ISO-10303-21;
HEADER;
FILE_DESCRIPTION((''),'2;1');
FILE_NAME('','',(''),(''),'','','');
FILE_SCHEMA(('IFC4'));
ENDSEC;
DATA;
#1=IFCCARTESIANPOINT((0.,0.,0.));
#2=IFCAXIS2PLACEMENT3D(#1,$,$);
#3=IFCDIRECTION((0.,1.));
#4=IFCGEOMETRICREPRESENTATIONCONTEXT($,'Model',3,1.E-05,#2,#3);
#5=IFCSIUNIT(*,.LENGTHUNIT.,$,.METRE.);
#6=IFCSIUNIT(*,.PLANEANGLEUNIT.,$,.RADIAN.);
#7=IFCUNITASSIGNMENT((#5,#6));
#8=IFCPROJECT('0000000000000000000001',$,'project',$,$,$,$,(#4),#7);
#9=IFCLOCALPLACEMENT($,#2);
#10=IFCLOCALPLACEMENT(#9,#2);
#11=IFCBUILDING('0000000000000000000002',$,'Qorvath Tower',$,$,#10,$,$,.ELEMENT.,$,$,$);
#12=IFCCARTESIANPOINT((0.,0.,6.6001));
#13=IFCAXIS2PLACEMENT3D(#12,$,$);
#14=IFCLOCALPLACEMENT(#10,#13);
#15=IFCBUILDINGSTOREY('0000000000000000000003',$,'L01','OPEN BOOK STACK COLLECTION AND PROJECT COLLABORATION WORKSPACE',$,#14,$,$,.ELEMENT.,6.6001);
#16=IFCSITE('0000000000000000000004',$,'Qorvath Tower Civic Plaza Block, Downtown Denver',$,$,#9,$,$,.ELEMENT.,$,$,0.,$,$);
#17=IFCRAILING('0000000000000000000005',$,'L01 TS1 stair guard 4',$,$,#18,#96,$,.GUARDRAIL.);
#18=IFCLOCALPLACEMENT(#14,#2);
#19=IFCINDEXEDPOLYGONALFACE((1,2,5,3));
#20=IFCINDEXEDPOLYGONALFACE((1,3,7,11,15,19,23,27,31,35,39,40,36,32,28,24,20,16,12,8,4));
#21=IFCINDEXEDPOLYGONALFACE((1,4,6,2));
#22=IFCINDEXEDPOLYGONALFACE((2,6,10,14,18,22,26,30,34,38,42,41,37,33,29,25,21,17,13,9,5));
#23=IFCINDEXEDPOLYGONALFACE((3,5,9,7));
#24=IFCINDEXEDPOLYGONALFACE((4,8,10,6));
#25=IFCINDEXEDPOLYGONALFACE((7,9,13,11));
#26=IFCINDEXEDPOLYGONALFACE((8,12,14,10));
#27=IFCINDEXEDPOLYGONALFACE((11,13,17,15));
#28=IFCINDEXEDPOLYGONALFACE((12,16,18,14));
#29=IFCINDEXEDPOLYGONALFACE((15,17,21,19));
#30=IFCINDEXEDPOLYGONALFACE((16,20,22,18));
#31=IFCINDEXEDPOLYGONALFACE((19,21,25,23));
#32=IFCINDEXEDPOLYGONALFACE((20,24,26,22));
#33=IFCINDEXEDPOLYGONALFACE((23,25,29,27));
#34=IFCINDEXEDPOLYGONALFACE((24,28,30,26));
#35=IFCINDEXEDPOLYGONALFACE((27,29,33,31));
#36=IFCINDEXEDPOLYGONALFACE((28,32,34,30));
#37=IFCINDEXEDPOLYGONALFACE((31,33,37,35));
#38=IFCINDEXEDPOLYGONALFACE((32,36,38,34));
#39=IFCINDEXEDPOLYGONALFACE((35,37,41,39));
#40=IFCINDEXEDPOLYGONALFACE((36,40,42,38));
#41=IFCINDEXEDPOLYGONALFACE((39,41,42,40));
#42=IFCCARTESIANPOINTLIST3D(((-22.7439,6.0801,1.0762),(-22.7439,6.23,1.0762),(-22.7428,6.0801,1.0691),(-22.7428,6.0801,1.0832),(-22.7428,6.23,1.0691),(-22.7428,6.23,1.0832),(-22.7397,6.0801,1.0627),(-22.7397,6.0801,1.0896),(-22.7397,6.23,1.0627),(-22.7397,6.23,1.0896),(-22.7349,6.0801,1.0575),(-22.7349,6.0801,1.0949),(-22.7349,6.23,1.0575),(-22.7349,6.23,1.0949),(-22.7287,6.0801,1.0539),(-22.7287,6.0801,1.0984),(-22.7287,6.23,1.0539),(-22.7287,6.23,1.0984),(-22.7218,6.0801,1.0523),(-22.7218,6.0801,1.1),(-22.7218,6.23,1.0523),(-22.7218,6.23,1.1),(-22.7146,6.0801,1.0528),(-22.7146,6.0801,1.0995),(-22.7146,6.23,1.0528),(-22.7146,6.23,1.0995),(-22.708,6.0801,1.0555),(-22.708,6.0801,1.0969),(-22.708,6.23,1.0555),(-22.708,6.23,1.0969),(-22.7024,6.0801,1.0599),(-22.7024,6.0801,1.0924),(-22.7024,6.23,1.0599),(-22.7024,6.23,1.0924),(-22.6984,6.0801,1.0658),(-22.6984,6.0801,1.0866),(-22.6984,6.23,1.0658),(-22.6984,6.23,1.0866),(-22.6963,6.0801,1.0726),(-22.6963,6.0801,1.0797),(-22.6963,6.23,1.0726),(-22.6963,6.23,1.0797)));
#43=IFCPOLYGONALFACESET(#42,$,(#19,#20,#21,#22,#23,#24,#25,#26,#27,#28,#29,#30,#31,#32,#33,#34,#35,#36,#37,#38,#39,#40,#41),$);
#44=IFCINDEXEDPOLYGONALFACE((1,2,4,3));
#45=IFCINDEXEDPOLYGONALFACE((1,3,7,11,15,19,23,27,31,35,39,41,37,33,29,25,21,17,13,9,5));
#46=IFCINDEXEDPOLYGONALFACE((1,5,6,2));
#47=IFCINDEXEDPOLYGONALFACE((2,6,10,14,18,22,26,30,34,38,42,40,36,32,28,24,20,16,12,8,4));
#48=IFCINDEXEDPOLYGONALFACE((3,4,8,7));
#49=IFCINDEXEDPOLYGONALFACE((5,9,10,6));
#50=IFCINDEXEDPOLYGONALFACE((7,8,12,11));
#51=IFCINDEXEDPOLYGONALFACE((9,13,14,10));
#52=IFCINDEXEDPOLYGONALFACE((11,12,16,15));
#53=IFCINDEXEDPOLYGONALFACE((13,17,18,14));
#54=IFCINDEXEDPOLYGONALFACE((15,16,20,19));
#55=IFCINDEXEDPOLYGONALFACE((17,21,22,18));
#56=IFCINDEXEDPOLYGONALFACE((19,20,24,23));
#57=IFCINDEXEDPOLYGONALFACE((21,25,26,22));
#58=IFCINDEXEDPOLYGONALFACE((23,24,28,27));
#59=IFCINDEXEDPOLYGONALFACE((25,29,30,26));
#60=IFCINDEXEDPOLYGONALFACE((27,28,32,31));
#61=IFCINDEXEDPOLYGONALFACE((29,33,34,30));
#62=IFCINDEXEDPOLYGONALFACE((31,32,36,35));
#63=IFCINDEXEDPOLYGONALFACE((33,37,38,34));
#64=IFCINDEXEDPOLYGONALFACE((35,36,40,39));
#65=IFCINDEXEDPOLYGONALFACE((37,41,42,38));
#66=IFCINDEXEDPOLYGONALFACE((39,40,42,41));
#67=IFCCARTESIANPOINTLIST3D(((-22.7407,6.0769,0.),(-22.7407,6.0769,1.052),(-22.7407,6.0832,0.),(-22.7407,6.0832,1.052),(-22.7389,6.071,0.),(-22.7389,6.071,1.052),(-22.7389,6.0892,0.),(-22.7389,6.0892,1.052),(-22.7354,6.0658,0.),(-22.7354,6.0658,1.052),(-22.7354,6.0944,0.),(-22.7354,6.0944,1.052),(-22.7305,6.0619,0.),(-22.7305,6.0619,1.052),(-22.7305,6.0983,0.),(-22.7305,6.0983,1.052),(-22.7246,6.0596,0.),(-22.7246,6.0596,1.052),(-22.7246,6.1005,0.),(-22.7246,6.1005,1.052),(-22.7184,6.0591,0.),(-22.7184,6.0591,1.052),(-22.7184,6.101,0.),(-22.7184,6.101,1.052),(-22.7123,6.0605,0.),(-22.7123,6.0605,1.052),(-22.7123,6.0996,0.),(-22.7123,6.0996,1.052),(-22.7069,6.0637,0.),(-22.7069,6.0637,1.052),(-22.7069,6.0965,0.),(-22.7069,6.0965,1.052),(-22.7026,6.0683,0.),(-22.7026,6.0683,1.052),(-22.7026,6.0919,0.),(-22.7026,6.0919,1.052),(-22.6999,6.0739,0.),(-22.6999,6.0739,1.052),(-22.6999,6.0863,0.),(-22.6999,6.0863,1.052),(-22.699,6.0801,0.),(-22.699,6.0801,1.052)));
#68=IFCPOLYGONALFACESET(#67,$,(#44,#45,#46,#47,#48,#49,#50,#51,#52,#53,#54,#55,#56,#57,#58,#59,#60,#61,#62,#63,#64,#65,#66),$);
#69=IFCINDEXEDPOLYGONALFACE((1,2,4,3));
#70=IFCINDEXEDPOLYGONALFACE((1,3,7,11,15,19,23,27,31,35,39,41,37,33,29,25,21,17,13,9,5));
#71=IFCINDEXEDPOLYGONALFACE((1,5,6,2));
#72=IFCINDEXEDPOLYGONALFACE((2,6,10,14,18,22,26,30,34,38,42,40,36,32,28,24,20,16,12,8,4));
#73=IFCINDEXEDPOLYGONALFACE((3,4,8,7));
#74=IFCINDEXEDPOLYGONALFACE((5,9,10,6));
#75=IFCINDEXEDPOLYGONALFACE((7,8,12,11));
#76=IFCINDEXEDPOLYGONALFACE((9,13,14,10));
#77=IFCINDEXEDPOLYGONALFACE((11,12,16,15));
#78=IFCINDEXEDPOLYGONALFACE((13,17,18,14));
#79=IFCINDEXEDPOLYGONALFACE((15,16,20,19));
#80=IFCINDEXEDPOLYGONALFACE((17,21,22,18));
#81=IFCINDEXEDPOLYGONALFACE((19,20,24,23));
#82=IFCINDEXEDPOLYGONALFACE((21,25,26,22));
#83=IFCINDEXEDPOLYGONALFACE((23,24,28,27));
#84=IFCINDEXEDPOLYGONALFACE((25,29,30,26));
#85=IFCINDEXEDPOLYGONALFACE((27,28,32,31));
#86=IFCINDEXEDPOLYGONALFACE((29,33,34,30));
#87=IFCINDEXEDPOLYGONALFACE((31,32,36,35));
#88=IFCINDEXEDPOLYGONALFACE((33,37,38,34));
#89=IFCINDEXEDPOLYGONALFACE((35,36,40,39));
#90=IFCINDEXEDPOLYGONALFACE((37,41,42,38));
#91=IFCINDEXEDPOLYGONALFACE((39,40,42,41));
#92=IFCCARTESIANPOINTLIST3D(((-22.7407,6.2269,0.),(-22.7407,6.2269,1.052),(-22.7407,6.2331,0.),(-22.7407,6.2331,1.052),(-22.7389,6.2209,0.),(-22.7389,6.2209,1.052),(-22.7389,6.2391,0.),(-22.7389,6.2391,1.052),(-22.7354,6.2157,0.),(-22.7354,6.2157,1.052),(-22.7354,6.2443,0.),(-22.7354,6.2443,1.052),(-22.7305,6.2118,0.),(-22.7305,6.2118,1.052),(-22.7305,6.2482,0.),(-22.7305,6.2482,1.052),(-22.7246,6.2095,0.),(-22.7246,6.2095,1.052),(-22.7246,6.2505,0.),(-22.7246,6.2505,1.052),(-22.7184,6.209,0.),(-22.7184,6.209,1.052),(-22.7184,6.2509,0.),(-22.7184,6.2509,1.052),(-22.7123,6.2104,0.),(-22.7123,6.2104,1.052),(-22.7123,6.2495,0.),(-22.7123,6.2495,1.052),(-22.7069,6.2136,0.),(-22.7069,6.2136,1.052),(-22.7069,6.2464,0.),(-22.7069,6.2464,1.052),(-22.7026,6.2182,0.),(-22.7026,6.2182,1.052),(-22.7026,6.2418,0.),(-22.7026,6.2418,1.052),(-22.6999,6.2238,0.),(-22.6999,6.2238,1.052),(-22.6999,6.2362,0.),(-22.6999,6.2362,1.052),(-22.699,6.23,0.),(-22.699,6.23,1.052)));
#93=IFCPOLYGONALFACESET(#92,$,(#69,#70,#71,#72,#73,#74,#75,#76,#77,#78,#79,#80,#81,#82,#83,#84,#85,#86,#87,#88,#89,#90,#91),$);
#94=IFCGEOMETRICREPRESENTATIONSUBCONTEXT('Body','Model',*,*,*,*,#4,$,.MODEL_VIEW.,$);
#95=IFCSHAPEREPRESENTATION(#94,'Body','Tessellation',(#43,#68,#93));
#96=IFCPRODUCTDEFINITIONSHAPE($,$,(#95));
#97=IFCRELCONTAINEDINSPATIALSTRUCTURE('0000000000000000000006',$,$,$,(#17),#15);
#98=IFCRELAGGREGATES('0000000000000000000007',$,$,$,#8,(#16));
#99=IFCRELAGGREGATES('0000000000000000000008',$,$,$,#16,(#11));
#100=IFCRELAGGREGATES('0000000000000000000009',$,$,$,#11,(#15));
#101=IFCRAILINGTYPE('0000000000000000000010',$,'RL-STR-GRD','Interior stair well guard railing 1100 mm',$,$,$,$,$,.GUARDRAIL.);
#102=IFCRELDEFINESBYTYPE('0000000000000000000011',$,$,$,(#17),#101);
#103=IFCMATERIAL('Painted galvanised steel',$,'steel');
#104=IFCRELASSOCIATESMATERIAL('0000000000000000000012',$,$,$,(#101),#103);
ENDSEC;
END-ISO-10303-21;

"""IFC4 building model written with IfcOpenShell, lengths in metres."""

from ifc_helpers import new_model, si_unit, direction, frame, origin, origin_2d, place, context, subcontext, project, spatial, circle, extrude, material, type_object, element, save


model = new_model("IFC4")

# Units and contexts
model_context = context("Model", 3, precision=1e-05, world=origin(), true_north=direction((0.0, 1.0)))
body_context = subcontext(model_context, "Body", "Model", "MODEL_VIEW")
ifc_project = project(units=[si_unit("LENGTHUNIT", "METRE"), si_unit("PLANEANGLEUNIT", "RADIAN")], contexts=[model_context])

# Site, building, storey
site_placement = place(None, origin())
site = spatial("IfcSite", under=ifc_project, at=site_placement, Name="Qorvath Tower Civic Plaza Block, Downtown Denver", CompositionType="ELEMENT", RefElevation=0.0)
building_placement = place(site_placement, origin())
building = spatial("IfcBuilding", under=site, at=building_placement, Name="Qorvath Tower", CompositionType="ELEMENT")
storey_placement = place(building_placement, frame((0.0, 0.0, 6.6001)))
storey = spatial("IfcBuildingStorey", under=building, at=storey_placement, Name="L01", Description="OPEN BOOK STACK COLLECTION AND PROJECT COLLABORATION WORKSPACE", CompositionType="ELEMENT", Elevation=6.6001)

# Railing
ifc_material_1 = material(Name="Painted galvanised steel", Category="steel")
railing_type_1 = type_object("IfcRailingType", Name="RL-STR-GRD", Description="Interior stair well guard railing 1100 mm", PredefinedType="GUARDRAIL", material=ifc_material_1)
railing_1_placement = place(storey_placement, frame((-22.72, 6.0801, 0.0)))
element("IfcRailing", 1, at=railing_1_placement, inside=storey, type_object=railing_type_1, Name="L01 TS1 stair guard 4", PredefinedType="GUARDRAIL", context=body_context, shape_type="SweptSolid", body=[
    extrude(circle(Radius=0.0239, at=origin_2d()), frame((0.0, 0.0, 1.0762), z_axis=(0.0, 1.0, 0.0), x_axis=(-1.0, 0.0, 0.0)), (0.0, 0.0, 1.0), 0.1499),
    extrude(circle(Radius=0.021, at=origin_2d()), origin(), (0.0, 0.0, 1.0), 1.052),
    extrude(circle(Radius=0.021, at=origin_2d()), frame((0.0, 0.1499, 0.0)), (0.0, 0.0, 1.0), 1.052),
])

save(model, "model.ifc")
